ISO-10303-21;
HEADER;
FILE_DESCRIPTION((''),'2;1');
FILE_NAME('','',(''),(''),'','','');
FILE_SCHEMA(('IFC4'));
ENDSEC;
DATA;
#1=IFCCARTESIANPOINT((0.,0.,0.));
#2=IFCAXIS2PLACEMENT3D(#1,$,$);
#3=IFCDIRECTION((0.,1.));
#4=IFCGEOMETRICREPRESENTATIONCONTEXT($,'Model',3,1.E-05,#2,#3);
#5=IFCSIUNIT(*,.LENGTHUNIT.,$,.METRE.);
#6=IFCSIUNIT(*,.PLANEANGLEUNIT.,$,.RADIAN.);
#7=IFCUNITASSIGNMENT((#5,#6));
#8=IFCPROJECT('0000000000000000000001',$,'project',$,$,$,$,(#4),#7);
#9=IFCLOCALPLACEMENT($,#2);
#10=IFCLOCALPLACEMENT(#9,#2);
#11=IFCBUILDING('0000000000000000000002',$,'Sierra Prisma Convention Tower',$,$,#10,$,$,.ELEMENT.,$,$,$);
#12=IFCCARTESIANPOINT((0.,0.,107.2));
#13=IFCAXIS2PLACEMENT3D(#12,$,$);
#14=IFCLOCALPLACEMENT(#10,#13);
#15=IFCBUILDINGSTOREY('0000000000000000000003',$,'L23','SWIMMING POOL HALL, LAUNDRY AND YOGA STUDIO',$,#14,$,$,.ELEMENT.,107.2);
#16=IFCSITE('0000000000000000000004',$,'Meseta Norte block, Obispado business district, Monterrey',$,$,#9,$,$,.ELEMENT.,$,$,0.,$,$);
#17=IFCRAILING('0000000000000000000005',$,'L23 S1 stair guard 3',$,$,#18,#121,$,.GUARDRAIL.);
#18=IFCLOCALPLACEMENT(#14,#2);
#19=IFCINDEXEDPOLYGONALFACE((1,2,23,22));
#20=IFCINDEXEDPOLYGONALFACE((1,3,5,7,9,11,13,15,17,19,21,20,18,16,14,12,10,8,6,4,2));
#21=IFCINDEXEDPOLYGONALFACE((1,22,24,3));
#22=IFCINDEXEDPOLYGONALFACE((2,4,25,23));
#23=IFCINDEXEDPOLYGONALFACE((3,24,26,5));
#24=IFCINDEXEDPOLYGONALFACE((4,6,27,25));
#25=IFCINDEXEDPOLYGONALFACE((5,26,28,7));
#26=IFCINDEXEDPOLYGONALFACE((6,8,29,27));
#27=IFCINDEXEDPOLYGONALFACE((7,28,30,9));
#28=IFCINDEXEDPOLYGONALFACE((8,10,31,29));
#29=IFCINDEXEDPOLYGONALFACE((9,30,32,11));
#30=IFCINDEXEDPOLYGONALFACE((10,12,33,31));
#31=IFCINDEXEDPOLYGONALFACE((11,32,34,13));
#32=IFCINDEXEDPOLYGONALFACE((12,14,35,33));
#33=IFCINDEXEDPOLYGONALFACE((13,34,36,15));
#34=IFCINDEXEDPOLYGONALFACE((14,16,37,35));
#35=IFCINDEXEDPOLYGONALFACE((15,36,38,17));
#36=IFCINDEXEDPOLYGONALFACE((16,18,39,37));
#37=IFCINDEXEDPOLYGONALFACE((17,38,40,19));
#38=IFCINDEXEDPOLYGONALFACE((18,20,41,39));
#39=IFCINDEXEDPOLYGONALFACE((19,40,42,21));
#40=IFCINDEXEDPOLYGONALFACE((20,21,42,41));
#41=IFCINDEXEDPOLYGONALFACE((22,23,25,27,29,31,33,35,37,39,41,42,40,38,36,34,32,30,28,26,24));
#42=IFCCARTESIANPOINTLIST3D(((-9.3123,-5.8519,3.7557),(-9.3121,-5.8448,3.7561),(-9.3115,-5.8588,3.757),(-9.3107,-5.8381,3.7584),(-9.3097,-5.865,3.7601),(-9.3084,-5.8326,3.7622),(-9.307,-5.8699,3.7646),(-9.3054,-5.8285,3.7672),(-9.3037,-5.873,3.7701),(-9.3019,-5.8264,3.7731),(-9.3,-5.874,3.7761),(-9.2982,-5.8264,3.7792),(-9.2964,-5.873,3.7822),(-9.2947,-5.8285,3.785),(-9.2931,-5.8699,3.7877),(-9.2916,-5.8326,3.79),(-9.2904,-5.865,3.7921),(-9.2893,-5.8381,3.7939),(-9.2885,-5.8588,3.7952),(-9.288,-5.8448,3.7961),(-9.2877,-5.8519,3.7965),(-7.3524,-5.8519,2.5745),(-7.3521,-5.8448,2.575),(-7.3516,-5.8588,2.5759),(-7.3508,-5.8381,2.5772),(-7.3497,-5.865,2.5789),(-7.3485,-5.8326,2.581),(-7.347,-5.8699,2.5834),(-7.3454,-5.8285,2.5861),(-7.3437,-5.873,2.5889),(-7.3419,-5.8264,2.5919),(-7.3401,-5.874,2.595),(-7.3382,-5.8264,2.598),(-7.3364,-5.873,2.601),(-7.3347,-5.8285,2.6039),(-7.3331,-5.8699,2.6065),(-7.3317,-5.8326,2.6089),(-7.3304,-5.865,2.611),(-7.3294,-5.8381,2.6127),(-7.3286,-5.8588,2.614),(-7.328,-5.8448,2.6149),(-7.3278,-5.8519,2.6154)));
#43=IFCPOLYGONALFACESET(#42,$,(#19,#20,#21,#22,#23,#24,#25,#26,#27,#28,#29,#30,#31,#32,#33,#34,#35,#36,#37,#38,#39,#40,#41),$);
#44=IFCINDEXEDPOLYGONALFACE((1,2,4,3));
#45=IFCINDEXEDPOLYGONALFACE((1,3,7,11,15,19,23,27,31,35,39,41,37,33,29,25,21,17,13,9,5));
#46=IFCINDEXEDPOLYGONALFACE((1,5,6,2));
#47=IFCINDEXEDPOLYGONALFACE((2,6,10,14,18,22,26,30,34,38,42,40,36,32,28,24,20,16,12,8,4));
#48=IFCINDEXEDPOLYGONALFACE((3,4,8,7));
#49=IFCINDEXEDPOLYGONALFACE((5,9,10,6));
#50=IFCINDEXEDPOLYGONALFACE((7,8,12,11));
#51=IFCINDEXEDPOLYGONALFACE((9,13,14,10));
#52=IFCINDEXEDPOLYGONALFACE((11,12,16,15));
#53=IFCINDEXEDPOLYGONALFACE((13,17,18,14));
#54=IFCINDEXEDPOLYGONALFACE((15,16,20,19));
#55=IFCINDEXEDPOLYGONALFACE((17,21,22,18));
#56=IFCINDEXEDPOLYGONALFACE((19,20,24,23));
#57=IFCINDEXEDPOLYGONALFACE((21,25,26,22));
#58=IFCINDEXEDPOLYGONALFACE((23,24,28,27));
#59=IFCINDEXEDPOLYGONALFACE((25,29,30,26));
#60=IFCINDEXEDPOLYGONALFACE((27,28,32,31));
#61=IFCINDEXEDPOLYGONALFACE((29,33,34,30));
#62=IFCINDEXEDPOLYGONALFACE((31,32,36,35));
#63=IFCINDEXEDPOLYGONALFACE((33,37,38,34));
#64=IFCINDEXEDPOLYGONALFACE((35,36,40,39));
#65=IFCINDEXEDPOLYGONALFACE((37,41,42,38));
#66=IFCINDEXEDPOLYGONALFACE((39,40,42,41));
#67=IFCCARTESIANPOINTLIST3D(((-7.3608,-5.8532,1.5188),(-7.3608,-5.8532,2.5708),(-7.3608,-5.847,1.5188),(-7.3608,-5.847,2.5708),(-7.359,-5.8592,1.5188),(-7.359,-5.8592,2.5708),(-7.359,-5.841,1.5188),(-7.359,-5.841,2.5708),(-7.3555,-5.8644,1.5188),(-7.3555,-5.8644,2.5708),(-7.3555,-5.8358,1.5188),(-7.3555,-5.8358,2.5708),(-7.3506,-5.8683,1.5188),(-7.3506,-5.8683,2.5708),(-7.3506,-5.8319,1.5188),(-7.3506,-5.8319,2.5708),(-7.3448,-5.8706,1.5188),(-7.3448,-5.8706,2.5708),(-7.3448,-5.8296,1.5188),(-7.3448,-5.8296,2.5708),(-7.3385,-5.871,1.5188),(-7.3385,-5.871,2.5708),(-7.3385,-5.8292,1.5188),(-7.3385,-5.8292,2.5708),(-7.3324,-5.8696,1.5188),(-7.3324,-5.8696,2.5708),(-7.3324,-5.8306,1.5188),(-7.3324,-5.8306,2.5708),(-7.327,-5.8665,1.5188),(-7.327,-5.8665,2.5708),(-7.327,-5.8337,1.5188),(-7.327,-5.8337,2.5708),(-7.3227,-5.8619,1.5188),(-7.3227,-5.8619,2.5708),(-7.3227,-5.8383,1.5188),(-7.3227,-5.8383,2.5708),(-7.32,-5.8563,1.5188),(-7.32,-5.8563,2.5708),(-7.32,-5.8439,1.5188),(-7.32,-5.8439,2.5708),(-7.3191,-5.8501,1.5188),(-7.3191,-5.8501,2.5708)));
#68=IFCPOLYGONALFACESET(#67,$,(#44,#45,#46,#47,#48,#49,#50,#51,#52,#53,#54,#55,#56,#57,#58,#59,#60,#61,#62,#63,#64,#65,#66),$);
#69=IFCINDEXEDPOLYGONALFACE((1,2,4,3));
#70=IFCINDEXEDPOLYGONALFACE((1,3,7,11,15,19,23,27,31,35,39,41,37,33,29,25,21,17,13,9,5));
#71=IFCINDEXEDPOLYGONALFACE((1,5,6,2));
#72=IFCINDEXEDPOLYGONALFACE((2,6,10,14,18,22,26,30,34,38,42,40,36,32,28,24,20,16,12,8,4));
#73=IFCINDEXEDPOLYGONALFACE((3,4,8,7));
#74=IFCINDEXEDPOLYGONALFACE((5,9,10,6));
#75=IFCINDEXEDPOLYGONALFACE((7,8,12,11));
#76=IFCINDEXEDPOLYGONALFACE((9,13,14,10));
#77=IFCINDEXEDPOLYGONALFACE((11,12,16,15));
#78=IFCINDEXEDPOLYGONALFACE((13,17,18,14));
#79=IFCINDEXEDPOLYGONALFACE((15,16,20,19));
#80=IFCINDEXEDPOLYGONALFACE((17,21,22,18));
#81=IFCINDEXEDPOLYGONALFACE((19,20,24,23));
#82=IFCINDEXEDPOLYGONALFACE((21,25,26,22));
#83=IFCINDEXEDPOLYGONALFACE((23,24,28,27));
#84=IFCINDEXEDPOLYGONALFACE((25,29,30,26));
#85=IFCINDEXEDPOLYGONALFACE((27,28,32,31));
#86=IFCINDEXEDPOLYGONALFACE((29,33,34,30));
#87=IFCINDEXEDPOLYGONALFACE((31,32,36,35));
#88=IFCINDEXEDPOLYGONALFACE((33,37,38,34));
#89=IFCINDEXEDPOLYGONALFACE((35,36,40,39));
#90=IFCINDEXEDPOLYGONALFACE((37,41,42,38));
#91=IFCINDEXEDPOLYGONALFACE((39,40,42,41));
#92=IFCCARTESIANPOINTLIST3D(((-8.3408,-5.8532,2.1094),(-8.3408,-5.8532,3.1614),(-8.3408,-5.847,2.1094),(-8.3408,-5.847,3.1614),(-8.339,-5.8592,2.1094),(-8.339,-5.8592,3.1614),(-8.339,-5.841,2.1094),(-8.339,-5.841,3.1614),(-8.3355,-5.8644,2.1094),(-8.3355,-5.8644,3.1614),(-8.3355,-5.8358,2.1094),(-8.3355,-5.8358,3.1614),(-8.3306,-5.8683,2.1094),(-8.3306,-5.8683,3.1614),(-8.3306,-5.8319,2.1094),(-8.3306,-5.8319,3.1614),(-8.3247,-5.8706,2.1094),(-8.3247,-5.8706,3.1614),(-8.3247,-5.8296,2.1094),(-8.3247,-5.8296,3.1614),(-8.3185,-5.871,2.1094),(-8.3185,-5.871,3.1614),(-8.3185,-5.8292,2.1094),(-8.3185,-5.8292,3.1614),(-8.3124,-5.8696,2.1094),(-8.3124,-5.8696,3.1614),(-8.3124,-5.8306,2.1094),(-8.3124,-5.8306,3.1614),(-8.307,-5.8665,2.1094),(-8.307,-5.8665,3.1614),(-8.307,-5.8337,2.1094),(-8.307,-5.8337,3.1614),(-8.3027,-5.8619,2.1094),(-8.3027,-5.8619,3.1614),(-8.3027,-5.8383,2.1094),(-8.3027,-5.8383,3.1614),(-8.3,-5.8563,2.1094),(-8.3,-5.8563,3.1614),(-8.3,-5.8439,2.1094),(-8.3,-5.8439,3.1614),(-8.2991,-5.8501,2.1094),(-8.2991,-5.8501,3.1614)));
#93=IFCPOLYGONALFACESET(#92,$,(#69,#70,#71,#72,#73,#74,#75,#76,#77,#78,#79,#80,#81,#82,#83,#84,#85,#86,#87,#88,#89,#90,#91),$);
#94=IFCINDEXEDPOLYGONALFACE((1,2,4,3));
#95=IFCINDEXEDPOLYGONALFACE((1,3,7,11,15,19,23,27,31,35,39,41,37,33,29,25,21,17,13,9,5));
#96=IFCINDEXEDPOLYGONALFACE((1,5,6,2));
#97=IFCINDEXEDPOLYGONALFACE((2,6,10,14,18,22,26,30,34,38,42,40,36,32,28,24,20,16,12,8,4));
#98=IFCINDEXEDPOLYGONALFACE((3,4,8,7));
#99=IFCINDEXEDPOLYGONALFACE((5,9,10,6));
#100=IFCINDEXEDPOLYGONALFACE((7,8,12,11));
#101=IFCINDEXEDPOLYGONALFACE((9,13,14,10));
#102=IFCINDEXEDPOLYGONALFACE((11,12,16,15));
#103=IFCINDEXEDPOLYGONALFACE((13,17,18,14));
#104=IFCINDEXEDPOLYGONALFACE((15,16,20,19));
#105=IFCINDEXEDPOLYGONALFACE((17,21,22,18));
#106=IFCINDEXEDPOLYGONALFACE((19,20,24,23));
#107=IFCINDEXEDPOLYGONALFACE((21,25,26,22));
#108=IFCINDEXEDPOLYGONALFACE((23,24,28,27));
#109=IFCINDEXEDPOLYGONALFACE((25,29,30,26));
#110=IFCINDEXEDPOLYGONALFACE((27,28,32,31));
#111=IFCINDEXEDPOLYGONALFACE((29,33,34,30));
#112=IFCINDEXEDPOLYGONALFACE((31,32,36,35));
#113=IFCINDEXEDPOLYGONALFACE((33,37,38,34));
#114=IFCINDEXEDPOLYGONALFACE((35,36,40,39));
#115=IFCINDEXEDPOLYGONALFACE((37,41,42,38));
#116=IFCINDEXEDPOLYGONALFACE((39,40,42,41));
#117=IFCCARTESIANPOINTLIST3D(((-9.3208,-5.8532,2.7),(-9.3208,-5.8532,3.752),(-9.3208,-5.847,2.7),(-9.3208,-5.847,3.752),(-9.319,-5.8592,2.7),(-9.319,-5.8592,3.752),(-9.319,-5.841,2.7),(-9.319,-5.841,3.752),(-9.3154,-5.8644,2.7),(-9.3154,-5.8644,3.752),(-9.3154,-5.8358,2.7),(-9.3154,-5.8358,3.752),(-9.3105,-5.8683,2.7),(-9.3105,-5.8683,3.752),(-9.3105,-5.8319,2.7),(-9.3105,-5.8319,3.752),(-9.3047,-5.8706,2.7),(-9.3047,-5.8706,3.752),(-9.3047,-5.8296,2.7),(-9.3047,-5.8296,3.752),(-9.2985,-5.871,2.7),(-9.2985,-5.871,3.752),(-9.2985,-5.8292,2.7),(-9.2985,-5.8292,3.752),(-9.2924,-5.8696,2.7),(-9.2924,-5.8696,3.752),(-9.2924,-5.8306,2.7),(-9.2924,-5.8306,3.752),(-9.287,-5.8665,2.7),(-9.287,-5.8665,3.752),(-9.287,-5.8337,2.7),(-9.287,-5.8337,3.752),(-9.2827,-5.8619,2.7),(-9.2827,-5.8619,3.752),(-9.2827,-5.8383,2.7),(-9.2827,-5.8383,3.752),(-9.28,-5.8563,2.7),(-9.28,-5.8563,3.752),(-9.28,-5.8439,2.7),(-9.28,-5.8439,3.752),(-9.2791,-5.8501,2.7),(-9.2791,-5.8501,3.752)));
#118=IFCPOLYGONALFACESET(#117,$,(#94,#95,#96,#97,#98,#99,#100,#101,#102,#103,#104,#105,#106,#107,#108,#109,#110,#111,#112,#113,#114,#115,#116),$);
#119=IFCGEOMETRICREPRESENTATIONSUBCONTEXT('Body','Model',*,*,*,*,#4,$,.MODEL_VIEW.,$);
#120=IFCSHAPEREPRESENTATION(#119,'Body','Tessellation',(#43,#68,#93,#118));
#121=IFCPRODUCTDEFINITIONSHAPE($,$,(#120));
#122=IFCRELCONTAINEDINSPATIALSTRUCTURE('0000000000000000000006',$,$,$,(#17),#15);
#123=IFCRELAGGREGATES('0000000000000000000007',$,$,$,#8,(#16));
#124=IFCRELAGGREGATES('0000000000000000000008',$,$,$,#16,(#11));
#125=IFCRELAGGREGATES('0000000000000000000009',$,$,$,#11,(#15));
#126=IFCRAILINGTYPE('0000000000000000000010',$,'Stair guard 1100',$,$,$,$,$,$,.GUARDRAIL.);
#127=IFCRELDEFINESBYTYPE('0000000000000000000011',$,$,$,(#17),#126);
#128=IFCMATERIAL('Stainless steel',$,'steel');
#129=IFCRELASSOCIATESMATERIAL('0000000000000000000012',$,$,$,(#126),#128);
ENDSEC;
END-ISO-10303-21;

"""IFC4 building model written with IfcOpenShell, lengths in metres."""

from ifc_helpers import new_model, si_unit, direction, frame, origin, origin_2d, place, context, subcontext, project, spatial, circle, extrude, material, type_object, element, save


model = new_model("IFC4")

# Units and contexts
model_context = context("Model", 3, precision=1e-05, world=origin(), true_north=direction((0.0, 1.0)))
body_context = subcontext(model_context, "Body", "Model", "MODEL_VIEW")
ifc_project = project(units=[si_unit("LENGTHUNIT", "METRE"), si_unit("PLANEANGLEUNIT", "RADIAN")], contexts=[model_context])

# Site, building, storey
site_placement = place(None, origin())
site = spatial("IfcSite", under=ifc_project, at=site_placement, Name="Meseta Norte block, Obispado business district, Monterrey", CompositionType="ELEMENT", RefElevation=0.0)
building_placement = place(site_placement, origin())
building = spatial("IfcBuilding", under=site, at=building_placement, Name="Sierra Prisma Convention Tower", CompositionType="ELEMENT")
storey_placement = place(building_placement, frame((0.0, 0.0, 107.2)))
storey = spatial("IfcBuildingStorey", under=building, at=storey_placement, Name="L23", Description="SWIMMING POOL HALL, LAUNDRY AND YOGA STUDIO", CompositionType="ELEMENT", Elevation=107.2)

# Railing
ifc_material_1 = material(Name="Stainless steel", Category="steel")
railing_type_1 = type_object("IfcRailingType", Name="Stair guard 1100", PredefinedType="GUARDRAIL", material=ifc_material_1)
railing_1_placement = place(storey_placement, frame((-7.3401, -5.8501, 1.5188)))
element("IfcRailing", 1, at=railing_1_placement, inside=storey, type_object=railing_type_1, Name="L23 S1 stair guard 3", PredefinedType="GUARDRAIL", context=body_context, shape_type="SweptSolid", body=[
    extrude(circle(Radius=0.0239, at=origin_2d()), frame((0.0, 0.0, 1.0762), z_axis=(-0.856493, 0.0, 0.516158), x_axis=(0.0, -1.0, 0.0)), (0.0, 0.0, 1.0), 2.2883),
    extrude(circle(Radius=0.021, at=origin_2d()), origin(), (0.0, 0.0, 1.0), 1.052),
    extrude(circle(Radius=0.021, at=origin_2d()), frame((-0.98, 0.0, 0.5906)), (0.0, 0.0, 1.0), 1.052),
    extrude(circle(Radius=0.021, at=origin_2d()), frame((-1.96, 0.0, 1.1812)), (0.0, 0.0, 1.0), 1.052),
])

save(model, "model.ifc")
